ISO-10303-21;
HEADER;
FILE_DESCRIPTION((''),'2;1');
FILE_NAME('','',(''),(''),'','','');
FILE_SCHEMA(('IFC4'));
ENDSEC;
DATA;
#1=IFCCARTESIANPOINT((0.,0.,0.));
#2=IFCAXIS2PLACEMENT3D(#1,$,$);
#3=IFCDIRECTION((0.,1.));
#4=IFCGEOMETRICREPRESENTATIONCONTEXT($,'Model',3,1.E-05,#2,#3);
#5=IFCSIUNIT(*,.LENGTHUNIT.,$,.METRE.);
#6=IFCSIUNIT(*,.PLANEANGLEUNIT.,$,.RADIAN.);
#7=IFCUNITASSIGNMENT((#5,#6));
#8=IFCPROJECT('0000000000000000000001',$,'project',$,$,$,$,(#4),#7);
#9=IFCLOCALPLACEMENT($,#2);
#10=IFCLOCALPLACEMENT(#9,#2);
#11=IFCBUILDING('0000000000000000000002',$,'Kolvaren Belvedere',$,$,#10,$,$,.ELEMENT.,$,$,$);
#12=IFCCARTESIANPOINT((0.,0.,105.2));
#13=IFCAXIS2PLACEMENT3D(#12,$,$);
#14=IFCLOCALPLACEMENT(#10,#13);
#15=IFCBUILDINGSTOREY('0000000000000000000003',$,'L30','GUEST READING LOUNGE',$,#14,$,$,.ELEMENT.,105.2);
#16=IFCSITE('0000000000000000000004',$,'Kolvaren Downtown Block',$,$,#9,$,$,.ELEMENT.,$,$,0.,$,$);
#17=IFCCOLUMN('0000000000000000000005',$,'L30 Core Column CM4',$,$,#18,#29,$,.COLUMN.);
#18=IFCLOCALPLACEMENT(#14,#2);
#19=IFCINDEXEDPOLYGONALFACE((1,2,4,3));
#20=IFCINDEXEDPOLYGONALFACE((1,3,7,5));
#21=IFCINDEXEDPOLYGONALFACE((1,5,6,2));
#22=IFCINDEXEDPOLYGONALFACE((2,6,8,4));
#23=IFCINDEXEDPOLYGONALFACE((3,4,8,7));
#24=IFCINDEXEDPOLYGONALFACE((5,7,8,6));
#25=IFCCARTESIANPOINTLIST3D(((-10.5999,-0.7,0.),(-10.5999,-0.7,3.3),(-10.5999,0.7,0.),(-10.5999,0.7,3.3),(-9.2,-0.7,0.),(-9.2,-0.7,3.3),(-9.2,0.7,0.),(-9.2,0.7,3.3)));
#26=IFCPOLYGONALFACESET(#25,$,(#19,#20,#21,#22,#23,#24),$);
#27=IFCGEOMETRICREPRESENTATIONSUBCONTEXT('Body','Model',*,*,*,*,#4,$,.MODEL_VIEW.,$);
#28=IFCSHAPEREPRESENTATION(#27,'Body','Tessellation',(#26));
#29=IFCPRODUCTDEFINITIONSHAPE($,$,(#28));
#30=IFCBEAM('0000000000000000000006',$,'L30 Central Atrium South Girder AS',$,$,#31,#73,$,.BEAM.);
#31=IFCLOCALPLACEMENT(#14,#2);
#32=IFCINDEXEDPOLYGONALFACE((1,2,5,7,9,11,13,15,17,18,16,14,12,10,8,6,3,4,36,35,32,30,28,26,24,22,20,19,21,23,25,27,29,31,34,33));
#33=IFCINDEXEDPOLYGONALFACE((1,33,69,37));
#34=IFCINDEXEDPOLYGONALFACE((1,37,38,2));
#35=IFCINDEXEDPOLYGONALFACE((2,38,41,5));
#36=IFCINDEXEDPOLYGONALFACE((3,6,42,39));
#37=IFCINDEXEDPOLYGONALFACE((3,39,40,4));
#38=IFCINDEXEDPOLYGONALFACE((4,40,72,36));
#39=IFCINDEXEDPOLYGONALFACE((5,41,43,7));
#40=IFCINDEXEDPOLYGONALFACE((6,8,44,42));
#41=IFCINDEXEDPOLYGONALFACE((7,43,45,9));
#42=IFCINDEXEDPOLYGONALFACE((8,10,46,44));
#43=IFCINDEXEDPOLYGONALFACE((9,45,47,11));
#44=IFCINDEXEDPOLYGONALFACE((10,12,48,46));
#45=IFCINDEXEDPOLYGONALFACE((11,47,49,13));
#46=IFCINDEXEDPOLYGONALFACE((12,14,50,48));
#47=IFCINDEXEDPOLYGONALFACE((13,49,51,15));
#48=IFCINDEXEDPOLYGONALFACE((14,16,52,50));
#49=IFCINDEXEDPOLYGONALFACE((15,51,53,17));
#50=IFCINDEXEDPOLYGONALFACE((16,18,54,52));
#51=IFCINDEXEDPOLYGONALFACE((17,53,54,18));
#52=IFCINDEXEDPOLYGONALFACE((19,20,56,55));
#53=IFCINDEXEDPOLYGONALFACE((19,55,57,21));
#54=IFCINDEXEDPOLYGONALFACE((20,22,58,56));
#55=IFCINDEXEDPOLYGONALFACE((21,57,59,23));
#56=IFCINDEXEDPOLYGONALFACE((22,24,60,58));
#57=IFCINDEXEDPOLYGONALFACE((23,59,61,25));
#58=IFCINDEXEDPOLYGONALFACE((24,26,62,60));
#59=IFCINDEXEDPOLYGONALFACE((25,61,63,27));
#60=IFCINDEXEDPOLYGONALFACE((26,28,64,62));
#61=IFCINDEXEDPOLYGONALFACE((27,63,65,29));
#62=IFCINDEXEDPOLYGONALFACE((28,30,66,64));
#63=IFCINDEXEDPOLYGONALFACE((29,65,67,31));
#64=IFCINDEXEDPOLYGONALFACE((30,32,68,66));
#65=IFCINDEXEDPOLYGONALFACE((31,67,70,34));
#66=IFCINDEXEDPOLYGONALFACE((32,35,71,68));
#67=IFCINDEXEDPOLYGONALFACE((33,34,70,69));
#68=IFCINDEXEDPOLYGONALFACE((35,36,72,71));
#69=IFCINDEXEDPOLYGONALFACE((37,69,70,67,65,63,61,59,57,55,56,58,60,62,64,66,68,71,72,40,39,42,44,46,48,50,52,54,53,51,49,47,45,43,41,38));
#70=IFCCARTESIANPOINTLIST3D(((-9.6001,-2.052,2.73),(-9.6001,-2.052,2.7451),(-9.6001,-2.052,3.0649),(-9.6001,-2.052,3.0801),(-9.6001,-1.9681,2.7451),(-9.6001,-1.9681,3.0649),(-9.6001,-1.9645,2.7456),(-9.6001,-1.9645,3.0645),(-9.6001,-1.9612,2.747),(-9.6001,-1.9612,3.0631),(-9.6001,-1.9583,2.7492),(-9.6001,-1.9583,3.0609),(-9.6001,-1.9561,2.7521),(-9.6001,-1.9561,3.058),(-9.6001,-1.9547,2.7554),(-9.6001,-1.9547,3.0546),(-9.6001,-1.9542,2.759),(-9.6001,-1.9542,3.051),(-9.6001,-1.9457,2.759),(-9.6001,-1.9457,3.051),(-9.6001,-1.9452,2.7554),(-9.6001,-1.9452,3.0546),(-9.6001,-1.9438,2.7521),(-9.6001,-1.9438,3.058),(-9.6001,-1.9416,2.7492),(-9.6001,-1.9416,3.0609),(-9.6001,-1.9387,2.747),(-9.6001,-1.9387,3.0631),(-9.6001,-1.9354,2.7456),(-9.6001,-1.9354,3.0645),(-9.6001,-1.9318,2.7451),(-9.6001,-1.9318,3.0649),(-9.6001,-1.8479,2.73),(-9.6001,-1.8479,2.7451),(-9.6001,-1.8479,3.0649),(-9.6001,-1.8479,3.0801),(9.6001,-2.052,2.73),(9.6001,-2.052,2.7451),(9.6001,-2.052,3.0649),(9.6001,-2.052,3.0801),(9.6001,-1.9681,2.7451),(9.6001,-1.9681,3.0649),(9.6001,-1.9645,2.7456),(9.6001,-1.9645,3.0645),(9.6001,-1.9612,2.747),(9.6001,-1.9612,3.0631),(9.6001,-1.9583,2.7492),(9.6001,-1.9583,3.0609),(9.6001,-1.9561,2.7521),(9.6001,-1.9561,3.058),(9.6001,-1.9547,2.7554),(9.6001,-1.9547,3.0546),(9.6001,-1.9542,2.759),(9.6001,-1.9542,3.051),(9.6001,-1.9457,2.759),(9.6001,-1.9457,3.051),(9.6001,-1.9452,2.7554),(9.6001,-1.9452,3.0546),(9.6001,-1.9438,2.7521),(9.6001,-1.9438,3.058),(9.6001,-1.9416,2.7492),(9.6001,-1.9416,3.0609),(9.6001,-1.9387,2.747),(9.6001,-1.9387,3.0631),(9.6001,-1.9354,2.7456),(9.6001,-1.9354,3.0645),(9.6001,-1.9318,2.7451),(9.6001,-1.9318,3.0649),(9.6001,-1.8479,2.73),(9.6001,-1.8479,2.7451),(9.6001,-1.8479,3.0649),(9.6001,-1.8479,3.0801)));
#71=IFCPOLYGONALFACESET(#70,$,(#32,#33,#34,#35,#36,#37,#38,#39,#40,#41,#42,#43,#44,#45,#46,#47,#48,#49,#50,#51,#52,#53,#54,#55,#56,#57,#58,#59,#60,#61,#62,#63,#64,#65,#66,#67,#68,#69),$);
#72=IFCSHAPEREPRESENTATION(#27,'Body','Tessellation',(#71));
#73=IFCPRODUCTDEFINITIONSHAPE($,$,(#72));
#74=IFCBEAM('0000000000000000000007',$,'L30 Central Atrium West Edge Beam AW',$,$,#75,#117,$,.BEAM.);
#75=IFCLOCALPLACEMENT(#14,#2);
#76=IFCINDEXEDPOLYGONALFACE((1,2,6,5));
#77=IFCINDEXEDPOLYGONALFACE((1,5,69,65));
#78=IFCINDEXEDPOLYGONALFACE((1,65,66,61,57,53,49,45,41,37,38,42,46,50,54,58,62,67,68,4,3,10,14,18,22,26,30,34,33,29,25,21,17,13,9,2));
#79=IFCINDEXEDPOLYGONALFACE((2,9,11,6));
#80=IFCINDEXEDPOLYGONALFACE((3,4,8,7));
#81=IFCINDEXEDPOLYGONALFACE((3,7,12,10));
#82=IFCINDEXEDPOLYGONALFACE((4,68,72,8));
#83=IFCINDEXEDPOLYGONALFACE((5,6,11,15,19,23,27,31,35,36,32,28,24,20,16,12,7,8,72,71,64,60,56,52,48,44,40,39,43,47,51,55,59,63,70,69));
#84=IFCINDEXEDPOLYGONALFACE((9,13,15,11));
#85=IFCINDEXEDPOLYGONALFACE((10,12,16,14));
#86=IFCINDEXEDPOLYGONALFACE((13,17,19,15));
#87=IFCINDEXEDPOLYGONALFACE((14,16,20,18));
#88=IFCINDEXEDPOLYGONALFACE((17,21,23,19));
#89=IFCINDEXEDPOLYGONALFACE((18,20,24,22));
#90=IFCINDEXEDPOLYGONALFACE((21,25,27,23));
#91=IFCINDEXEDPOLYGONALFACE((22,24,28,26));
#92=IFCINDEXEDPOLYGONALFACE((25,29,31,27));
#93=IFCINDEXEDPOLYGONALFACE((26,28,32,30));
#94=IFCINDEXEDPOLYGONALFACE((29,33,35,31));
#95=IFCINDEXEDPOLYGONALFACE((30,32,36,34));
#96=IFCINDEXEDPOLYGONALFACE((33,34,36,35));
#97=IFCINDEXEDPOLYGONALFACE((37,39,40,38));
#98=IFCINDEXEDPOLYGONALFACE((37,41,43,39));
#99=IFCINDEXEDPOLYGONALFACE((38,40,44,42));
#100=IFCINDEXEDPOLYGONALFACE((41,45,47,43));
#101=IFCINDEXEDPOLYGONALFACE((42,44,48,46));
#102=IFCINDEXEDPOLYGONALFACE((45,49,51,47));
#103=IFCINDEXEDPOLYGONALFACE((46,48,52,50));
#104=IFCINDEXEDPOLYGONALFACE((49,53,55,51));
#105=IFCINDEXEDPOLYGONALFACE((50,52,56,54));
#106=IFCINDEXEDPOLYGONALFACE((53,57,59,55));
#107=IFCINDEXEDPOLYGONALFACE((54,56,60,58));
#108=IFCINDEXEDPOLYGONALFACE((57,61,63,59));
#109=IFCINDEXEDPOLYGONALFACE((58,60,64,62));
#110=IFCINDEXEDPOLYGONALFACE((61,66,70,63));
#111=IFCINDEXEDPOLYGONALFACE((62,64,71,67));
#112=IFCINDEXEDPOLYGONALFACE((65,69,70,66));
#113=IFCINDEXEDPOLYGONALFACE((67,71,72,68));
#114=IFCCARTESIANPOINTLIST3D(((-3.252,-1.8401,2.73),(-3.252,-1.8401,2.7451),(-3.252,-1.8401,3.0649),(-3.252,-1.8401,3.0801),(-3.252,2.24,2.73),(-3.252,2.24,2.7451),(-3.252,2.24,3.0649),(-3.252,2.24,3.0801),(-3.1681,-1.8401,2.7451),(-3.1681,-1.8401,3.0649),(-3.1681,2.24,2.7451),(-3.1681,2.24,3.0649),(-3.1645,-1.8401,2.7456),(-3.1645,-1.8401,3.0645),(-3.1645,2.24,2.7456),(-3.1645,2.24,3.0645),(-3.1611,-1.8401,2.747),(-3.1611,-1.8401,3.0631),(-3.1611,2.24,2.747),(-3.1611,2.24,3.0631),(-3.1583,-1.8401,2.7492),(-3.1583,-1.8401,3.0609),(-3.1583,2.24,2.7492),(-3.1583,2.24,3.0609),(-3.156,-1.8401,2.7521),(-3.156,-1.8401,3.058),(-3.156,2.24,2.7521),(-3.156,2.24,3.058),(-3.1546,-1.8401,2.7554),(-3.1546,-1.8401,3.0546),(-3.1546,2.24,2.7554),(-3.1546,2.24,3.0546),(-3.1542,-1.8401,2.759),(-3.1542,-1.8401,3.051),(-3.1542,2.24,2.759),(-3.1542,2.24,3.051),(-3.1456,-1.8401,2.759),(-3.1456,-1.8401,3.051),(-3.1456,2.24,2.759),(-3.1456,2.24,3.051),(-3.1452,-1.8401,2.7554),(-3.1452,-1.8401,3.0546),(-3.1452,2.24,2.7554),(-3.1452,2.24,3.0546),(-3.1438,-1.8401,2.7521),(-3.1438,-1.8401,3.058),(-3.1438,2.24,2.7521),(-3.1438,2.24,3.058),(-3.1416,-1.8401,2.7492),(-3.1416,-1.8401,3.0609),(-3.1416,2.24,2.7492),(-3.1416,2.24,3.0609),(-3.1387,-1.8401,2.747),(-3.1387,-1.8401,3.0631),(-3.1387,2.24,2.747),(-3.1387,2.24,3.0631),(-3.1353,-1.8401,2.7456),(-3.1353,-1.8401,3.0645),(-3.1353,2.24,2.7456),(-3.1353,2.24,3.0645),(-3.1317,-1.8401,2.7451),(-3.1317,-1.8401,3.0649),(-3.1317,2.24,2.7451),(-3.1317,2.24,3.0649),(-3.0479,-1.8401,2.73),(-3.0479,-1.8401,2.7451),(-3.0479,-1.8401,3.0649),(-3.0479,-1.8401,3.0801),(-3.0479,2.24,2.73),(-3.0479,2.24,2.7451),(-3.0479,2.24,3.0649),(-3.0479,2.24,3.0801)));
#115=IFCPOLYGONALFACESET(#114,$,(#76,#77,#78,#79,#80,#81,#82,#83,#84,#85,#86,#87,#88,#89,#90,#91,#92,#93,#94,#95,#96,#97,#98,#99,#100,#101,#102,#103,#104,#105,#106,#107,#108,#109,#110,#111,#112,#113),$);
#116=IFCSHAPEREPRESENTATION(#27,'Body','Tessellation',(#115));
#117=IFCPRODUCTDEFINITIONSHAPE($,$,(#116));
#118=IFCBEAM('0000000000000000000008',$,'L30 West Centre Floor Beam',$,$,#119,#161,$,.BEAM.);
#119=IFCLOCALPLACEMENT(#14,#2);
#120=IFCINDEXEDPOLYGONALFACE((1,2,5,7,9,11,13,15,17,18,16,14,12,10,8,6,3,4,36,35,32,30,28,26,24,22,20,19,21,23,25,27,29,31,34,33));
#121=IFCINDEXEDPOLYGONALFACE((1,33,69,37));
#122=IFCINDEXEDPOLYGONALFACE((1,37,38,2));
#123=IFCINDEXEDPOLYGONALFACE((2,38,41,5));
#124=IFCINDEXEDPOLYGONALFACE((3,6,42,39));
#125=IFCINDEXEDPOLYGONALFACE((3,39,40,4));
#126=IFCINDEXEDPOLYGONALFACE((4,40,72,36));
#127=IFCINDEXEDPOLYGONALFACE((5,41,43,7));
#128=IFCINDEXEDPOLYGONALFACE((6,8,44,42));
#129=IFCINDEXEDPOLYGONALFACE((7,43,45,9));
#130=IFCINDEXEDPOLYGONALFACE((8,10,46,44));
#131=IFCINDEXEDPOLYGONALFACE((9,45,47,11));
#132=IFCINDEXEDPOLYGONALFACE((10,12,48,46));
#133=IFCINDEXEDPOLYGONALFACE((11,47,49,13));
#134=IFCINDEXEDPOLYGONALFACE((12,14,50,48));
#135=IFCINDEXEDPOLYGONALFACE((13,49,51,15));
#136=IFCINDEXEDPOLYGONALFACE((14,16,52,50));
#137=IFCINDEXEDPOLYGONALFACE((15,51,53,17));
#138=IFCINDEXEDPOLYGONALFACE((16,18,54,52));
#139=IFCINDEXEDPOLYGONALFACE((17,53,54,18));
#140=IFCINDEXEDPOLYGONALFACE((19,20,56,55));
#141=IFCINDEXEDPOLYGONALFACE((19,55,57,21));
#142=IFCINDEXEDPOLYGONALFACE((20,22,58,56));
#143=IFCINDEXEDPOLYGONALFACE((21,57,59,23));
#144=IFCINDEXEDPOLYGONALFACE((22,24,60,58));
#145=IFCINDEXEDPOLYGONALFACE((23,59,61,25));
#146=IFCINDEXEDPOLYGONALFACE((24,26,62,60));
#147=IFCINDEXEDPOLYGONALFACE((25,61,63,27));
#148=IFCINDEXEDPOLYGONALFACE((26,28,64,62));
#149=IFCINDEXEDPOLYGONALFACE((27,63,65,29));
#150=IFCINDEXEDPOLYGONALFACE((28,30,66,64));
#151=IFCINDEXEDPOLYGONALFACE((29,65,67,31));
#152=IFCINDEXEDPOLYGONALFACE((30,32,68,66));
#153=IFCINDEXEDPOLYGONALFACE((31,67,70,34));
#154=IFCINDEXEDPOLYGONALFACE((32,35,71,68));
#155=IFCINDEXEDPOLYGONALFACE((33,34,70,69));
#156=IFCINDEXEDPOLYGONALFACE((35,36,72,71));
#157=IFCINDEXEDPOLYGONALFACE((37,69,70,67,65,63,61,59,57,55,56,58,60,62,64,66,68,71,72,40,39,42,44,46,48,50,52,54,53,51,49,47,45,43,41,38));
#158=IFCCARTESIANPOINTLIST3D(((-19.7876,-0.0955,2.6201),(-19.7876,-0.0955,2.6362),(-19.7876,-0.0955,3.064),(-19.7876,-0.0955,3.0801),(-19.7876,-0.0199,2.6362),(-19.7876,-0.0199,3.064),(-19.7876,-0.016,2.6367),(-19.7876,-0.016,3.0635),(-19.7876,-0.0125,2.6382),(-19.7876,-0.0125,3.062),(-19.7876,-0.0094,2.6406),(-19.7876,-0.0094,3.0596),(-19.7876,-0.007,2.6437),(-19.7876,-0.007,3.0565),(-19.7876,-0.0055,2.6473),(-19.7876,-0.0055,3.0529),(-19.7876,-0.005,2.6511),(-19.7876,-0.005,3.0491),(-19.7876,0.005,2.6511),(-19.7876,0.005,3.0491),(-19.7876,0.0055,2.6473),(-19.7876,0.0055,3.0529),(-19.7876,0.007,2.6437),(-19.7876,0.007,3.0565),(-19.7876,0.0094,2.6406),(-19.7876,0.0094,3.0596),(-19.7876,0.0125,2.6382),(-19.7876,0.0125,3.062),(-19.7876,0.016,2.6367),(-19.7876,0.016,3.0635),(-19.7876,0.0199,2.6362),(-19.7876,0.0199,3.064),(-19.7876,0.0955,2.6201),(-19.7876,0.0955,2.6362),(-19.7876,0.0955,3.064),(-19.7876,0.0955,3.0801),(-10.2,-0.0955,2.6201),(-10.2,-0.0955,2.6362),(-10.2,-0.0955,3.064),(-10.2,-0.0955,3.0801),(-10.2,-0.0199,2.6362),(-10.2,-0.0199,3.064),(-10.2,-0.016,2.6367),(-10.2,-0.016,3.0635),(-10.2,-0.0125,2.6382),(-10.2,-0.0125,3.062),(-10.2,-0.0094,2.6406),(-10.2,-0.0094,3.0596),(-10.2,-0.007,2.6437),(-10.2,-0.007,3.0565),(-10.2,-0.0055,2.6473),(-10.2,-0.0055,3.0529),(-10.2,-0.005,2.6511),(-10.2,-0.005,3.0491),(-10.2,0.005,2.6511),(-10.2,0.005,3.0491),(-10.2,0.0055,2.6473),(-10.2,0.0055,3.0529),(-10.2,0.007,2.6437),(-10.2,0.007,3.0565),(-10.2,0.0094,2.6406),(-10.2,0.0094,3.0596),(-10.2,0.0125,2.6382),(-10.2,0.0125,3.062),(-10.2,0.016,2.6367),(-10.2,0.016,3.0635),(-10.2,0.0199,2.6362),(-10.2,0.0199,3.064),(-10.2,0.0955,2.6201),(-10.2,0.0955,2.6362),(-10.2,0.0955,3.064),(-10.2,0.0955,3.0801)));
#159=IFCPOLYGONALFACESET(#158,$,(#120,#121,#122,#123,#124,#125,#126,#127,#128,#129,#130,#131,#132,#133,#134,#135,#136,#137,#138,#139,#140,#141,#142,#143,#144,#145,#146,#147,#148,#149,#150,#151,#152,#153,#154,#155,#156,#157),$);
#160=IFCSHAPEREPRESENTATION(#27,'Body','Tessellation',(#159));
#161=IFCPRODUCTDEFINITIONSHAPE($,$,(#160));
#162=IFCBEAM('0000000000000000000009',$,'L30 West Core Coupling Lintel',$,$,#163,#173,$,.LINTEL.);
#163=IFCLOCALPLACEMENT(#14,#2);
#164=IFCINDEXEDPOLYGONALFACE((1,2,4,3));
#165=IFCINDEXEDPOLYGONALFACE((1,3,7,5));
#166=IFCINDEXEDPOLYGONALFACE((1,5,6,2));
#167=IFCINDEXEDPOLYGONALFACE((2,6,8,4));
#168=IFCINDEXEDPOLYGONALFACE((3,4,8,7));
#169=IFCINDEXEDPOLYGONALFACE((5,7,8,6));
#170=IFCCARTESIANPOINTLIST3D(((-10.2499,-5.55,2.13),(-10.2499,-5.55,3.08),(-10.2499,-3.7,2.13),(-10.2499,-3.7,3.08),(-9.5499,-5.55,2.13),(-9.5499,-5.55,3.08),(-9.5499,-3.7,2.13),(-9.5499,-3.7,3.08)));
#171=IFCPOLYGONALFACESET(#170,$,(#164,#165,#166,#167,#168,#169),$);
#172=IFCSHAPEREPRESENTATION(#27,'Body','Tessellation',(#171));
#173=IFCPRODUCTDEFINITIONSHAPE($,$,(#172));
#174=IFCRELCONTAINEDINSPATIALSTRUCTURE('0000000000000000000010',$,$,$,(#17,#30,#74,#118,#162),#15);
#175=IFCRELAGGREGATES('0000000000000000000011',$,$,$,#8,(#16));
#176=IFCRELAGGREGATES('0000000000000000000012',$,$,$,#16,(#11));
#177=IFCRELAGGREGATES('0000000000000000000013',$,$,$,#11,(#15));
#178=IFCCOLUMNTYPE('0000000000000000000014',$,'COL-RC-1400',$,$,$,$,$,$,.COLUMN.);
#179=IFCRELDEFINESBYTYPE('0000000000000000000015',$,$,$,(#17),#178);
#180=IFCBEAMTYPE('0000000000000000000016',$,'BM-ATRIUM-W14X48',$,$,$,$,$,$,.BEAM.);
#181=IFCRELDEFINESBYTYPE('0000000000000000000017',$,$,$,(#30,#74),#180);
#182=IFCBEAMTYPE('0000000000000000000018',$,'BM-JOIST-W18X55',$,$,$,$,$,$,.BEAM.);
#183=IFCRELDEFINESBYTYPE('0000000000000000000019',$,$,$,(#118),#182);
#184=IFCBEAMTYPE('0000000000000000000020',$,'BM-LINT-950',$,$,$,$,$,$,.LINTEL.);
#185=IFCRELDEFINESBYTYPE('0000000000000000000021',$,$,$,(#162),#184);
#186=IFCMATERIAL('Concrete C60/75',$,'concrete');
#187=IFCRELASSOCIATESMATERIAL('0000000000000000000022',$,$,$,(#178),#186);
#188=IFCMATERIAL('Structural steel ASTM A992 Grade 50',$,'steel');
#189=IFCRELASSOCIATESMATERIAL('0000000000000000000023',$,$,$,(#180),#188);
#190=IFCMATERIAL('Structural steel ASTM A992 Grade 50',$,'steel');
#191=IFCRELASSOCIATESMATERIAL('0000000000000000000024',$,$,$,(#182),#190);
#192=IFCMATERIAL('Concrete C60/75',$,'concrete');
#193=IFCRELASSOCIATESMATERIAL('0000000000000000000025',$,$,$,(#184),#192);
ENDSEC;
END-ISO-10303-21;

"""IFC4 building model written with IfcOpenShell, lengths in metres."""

from ifc_helpers import new_model, si_unit, direction, frame, origin, origin_2d, place, context, subcontext, project, spatial, rectangle, i_section, extrude, material, material_profile, profile_set, type_object, element, save


model = new_model("IFC4")

# Units and contexts
model_context = context("Model", 3, precision=1e-05, world=origin(), true_north=direction((0.0, 1.0)))
body_context = subcontext(model_context, "Body", "Model", "MODEL_VIEW")
ifc_project = project(units=[si_unit("LENGTHUNIT", "METRE"), si_unit("PLANEANGLEUNIT", "RADIAN")], contexts=[model_context])

# Site, building, storey
site_placement = place(None, origin())
site = spatial("IfcSite", under=ifc_project, at=site_placement, Name="Kolvaren Downtown Block", CompositionType="ELEMENT", RefElevation=0.0)
building_placement = place(site_placement, origin())
building = spatial("IfcBuilding", under=site, at=building_placement, Name="Kolvaren Belvedere", CompositionType="ELEMENT")
storey_placement = place(building_placement, frame((0.0, 0.0, 105.2)))
storey = spatial("IfcBuildingStorey", under=building, at=storey_placement, Name="L30", Description="GUEST READING LOUNGE", CompositionType="ELEMENT", Elevation=105.2)

# Column
ifc_material_1 = material(Name="Concrete C60/75", Category="concrete")
ifc_material_profile_1 = material_profile(ifc_material_1, rectangle(XDim=1.3999, YDim=1.3999, at=origin_2d()), Name="RC 1400X1400")
ifc_profile_set_1 = profile_set([ifc_material_profile_1], Name="Concrete C60/75")
column_type = type_object("IfcColumnType", Name="COL-RC-1400", PredefinedType="COLUMN", material=ifc_profile_set_1)
column_placement = place(storey_placement, frame((-9.8999, 0.0, 0.0), z_axis=(0.0, 0.0, 1.0), x_axis=(1.0, 0.0, 0.0)))
element("IfcColumn", 1, at=column_placement, inside=storey, type_object=column_type, Name="L30 Core Column CM4", PredefinedType="COLUMN", context=body_context, shape_type="SweptSolid", body=[
    extrude(rectangle(XDim=1.3999, YDim=1.3999, at=origin_2d()), origin(), (0.0, 0.0, 1.0), 3.3),
])

# Beams
ifc_material_2 = material(Name="Structural steel ASTM A992 Grade 50", Category="steel")
ifc_material_profile_2 = material_profile(ifc_material_2, i_section(OverallWidth=0.2041, OverallDepth=0.3501, WebThickness=0.0085, FlangeThickness=0.0151, FilletRadius=0.0139, at=origin_2d()), Name="W14X48")
ifc_profile_set_2 = profile_set([ifc_material_profile_2], Name="Structural steel ASTM A992 Grade 50")
beam_type_1 = type_object("IfcBeamType", Name="BM-ATRIUM-W14X48", PredefinedType="BEAM", material=ifc_profile_set_2)
beam_1_placement = place(storey_placement, frame((-9.6001, -1.95, 2.905), z_axis=(1.0, 0.0, 0.0), x_axis=(0.0, 1.0, 0.0)))
element("IfcBeam", 2, at=beam_1_placement, inside=storey, type_object=beam_type_1, Name="L30 Central Atrium South Girder AS", PredefinedType="BEAM", context=body_context, shape_type="SweptSolid", body=[
    extrude(i_section(OverallWidth=0.2041, OverallDepth=0.3501, WebThickness=0.0085, FlangeThickness=0.0151, FilletRadius=0.0139, at=origin_2d()), origin(), (0.0, 0.0, 1.0), 19.2002),
])
beam_2_placement = place(storey_placement, frame((-3.1499, -1.8401, 2.905), z_axis=(0.0, 1.0, 0.0), x_axis=(-1.0, 0.0, 0.0)))
element("IfcBeam", 3, at=beam_2_placement, inside=storey, type_object=beam_type_1, Name="L30 Central Atrium West Edge Beam AW", PredefinedType="BEAM", context=body_context, shape_type="SweptSolid", body=[
    extrude(i_section(OverallWidth=0.2041, OverallDepth=0.3501, WebThickness=0.0085, FlangeThickness=0.0151, FilletRadius=0.0139, at=origin_2d()), origin(), (0.0, 0.0, 1.0), 4.0801),
])
ifc_material_3 = material(Name="Structural steel ASTM A992 Grade 50", Category="steel")
ifc_material_profile_3 = material_profile(ifc_material_3, i_section(OverallWidth=0.1909, OverallDepth=0.46, WebThickness=0.01, FlangeThickness=0.0161, FilletRadius=0.0149, at=origin_2d()), Name="W18X55")
ifc_profile_set_3 = profile_set([ifc_material_profile_3], Name="Structural steel ASTM A992 Grade 50")
beam_type_2 = type_object("IfcBeamType", Name="BM-JOIST-W18X55", PredefinedType="BEAM", material=ifc_profile_set_3)
beam_3_placement = place(storey_placement, frame((-10.2, 0.0, 2.8501), z_axis=(-1.0, 0.0, 0.0), x_axis=(0.0, -1.0, 0.0)))
element("IfcBeam", 4, at=beam_3_placement, inside=storey, type_object=beam_type_2, Name="L30 West Centre Floor Beam", PredefinedType="BEAM", context=body_context, shape_type="SweptSolid", body=[
    extrude(i_section(OverallWidth=0.1909, OverallDepth=0.46, WebThickness=0.01, FlangeThickness=0.0161, FilletRadius=0.0149, at=origin_2d()), origin(), (0.0, 0.0, 1.0), 9.5876),
])
ifc_material_4 = material(Name="Concrete C60/75", Category="concrete")
ifc_material_profile_4 = material_profile(ifc_material_4, rectangle(XDim=0.7, YDim=0.95, at=origin_2d()), Name="RC 700X950")
ifc_profile_set_4 = profile_set([ifc_material_profile_4], Name="Concrete C60/75")
beam_type_3 = type_object("IfcBeamType", Name="BM-LINT-950", PredefinedType="LINTEL", material=ifc_profile_set_4)
beam_4_placement = place(storey_placement, frame((-9.8999, -5.55, 2.605), z_axis=(0.0, 1.0, 0.0), x_axis=(-1.0, 0.0, 0.0)))
element("IfcBeam", 5, at=beam_4_placement, inside=storey, type_object=beam_type_3, Name="L30 West Core Coupling Lintel", PredefinedType="LINTEL", context=body_context, shape_type="SweptSolid", body=[
    extrude(rectangle(XDim=0.7, YDim=0.95, at=origin_2d()), origin(), (0.0, 0.0, 1.0), 1.8501),
])

save(model, "model.ifc")
